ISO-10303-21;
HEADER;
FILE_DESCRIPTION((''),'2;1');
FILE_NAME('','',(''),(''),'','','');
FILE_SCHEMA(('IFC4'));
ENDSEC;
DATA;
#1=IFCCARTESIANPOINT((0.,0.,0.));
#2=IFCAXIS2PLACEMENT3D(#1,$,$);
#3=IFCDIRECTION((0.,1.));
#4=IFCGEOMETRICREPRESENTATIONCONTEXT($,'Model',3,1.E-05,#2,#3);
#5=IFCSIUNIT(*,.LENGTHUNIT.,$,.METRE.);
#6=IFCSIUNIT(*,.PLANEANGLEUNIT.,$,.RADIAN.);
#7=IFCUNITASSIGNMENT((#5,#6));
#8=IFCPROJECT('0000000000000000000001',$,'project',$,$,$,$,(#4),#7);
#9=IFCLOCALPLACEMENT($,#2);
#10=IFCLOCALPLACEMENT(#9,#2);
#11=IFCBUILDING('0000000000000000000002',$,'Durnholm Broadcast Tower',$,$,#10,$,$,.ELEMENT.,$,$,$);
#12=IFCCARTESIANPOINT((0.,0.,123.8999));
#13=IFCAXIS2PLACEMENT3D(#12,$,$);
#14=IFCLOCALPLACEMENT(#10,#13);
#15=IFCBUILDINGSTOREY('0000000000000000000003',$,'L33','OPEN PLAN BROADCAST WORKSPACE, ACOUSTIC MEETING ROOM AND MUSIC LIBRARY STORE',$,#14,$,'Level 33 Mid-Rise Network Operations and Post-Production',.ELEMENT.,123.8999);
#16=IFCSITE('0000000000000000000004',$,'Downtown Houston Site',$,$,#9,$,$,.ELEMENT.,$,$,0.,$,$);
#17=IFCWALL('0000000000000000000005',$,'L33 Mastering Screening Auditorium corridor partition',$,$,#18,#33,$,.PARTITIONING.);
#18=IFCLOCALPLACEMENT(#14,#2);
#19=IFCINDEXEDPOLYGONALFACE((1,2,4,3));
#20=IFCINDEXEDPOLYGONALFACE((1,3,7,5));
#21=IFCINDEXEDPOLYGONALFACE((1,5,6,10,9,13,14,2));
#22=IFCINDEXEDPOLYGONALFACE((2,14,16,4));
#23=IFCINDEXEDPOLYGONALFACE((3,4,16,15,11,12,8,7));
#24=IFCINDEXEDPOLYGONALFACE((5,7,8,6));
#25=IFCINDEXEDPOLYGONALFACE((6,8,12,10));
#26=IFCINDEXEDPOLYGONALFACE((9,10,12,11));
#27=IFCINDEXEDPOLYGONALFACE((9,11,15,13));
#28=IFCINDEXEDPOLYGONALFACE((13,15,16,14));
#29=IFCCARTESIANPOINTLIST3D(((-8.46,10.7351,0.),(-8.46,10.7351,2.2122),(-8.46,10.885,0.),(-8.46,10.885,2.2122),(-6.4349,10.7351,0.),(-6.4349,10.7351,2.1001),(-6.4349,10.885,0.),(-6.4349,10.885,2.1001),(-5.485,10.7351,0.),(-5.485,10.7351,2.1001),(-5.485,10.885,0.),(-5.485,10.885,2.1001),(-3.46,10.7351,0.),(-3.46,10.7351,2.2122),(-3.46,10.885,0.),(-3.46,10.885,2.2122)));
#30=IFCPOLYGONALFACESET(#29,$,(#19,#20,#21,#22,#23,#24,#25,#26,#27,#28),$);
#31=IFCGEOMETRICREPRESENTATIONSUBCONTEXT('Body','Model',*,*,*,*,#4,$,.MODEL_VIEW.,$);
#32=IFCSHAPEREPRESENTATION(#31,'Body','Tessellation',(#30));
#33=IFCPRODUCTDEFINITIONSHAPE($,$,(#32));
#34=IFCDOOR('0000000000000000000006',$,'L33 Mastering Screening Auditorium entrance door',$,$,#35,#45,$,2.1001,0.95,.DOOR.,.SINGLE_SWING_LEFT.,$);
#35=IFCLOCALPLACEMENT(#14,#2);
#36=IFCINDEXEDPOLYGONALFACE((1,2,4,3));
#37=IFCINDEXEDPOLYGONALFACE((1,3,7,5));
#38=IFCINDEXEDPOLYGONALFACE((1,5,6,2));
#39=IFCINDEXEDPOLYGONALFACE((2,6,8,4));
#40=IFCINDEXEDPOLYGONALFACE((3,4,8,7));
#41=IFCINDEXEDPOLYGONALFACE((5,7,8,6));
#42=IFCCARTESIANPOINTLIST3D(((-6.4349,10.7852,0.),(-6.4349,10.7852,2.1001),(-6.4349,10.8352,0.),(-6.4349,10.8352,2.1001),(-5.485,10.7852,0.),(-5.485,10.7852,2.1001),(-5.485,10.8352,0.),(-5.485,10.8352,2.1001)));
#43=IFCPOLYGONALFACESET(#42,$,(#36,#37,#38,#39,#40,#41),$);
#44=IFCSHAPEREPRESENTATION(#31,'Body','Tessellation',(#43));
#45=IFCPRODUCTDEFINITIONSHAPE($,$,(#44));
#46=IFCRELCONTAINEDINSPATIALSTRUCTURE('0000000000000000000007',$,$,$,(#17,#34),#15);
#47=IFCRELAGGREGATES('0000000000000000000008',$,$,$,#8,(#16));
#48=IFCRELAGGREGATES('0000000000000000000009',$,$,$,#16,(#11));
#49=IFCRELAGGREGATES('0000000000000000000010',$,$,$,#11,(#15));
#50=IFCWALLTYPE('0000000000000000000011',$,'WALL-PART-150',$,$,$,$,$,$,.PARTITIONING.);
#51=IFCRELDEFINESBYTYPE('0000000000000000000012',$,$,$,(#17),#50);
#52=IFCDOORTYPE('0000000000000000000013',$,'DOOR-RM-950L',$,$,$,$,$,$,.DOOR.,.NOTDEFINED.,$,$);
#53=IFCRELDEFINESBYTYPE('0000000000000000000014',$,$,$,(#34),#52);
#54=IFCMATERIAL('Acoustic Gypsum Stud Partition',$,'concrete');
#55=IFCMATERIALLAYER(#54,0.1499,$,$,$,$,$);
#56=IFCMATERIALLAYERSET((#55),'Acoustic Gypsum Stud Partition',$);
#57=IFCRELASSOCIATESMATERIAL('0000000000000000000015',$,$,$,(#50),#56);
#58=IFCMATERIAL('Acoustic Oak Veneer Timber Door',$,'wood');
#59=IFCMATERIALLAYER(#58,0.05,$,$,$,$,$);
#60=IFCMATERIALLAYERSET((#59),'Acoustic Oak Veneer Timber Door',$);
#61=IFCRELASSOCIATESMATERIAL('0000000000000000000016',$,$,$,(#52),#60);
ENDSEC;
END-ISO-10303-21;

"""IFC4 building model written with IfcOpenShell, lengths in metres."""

from ifc_helpers import new_model, si_unit, direction, frame, frame_2d, origin, place, context, subcontext, project, spatial, rectangle, extrude, source, transform, mapped, material, layer, layer_set, type_object, type_shapes, element, fill, save


model = new_model("IFC4")

# Units and contexts
model_context = context("Model", 3, precision=1e-05, world=origin(), true_north=direction((0.0, 1.0)))
body_context = subcontext(model_context, "Body", "Model", "MODEL_VIEW")
ifc_project = project(units=[si_unit("LENGTHUNIT", "METRE"), si_unit("PLANEANGLEUNIT", "RADIAN")], contexts=[model_context])

# Site, building, storey
site_placement = place(None, origin())
site = spatial("IfcSite", under=ifc_project, at=site_placement, Name="Downtown Houston Site", CompositionType="ELEMENT", RefElevation=0.0)
building_placement = place(site_placement, origin())
building = spatial("IfcBuilding", under=site, at=building_placement, Name="Durnholm Broadcast Tower", CompositionType="ELEMENT")
storey_placement = place(building_placement, frame((0.0, 0.0, 123.8999)))
storey = spatial("IfcBuildingStorey", under=building, at=storey_placement, Name="L33", Description="OPEN PLAN BROADCAST WORKSPACE, ACOUSTIC MEETING ROOM AND MUSIC LIBRARY STORE", LongName="Level 33 Mid-Rise Network Operations and Post-Production", CompositionType="ELEMENT", Elevation=123.8999)

# Wall, opening, door
ifc_material_1 = material(Name="Acoustic Gypsum Stud Partition", Category="concrete")
ifc_layer_1 = layer(ifc_material_1, 0.1499)
ifc_layer_set_1 = layer_set([ifc_layer_1], Name="Acoustic Gypsum Stud Partition")
wall_type_1 = type_object("IfcWallType", Name="WALL-PART-150", PredefinedType="PARTITIONING", material=ifc_layer_set_1)
wall_1_placement = place(storey_placement, frame((-3.46, 10.8101, 0.0), z_axis=(0.0, 0.0, 1.0), x_axis=(-1.0, 0.0, 0.0)))
wall_1 = element("IfcWall", 1, at=wall_1_placement, inside=storey, type_object=wall_type_1, Name="L33 Mastering Screening Auditorium corridor partition", PredefinedType="PARTITIONING", context=body_context, shape_type="SweptSolid", body=[
    extrude(rectangle(XDim=5.0, YDim=0.1499, at=frame_2d((2.5, 0.0))), origin(), (0.0, 0.0, 1.0), 2.2122),
])
opening_1_placement = place(wall_1_placement, frame((2.0249, 0.0, 0.0)))
opening_1 = element("IfcOpeningElement", 2, at=opening_1_placement, cuts=wall_1, PredefinedType="OPENING", context=body_context, shape_type="SweptSolid", body=[
    extrude(rectangle(XDim=0.95, YDim=2.1001, at=frame_2d((0.4751, 1.05))), frame((0.0, 0.085, 0.0), z_axis=(0.0, -1.0, 0.0), x_axis=(1.0, 0.0, 0.0)), (0.0, 0.0, 1.0), 0.1699),
])
ifc_material_2 = material(Name="Acoustic Oak Veneer Timber Door", Category="wood")
ifc_layer_2 = layer(ifc_material_2, 0.05)
ifc_layer_set_2 = layer_set([ifc_layer_2], Name="Acoustic Oak Veneer Timber Door")
door_type_1 = type_object("IfcDoorType", Name="DOOR-RM-950L", OperationType="NOTDEFINED", PredefinedType="DOOR", material=ifc_layer_set_2)
shared_shape_1 = source(origin(), body_context, "Body", "SweptSolid", [
    extrude(rectangle(XDim=0.95, YDim=2.1001, at=frame_2d((0.4751, 1.05))), frame((0.0, 0.0249, 0.0), z_axis=(0.0, -1.0, 0.0), x_axis=(1.0, 0.0, 0.0)), (0.0, 0.0, 1.0), 0.05),
])
type_shapes(door_type_1, [shared_shape_1])
door_1_placement = place(opening_1_placement, origin())
door_1 = element("IfcDoor", 3, at=door_1_placement, inside=storey, type_object=door_type_1, Name="L33 Mastering Screening Auditorium entrance door", OperationType="SINGLE_SWING_LEFT", OverallHeight=2.1001, OverallWidth=0.95, PredefinedType="DOOR", context=body_context, shape_type="MappedRepresentation", body=[
    mapped(shared_shape_1, transform((0.0, 0.0, 0.0), x_axis=(1.0, 0.0, 0.0), y_axis=(0.0, 1.0, 0.0), z_axis=(0.0, 0.0, 1.0), scale=1.0)),
])
fill(opening_1, door_1)

save(model, "model.ifc")
